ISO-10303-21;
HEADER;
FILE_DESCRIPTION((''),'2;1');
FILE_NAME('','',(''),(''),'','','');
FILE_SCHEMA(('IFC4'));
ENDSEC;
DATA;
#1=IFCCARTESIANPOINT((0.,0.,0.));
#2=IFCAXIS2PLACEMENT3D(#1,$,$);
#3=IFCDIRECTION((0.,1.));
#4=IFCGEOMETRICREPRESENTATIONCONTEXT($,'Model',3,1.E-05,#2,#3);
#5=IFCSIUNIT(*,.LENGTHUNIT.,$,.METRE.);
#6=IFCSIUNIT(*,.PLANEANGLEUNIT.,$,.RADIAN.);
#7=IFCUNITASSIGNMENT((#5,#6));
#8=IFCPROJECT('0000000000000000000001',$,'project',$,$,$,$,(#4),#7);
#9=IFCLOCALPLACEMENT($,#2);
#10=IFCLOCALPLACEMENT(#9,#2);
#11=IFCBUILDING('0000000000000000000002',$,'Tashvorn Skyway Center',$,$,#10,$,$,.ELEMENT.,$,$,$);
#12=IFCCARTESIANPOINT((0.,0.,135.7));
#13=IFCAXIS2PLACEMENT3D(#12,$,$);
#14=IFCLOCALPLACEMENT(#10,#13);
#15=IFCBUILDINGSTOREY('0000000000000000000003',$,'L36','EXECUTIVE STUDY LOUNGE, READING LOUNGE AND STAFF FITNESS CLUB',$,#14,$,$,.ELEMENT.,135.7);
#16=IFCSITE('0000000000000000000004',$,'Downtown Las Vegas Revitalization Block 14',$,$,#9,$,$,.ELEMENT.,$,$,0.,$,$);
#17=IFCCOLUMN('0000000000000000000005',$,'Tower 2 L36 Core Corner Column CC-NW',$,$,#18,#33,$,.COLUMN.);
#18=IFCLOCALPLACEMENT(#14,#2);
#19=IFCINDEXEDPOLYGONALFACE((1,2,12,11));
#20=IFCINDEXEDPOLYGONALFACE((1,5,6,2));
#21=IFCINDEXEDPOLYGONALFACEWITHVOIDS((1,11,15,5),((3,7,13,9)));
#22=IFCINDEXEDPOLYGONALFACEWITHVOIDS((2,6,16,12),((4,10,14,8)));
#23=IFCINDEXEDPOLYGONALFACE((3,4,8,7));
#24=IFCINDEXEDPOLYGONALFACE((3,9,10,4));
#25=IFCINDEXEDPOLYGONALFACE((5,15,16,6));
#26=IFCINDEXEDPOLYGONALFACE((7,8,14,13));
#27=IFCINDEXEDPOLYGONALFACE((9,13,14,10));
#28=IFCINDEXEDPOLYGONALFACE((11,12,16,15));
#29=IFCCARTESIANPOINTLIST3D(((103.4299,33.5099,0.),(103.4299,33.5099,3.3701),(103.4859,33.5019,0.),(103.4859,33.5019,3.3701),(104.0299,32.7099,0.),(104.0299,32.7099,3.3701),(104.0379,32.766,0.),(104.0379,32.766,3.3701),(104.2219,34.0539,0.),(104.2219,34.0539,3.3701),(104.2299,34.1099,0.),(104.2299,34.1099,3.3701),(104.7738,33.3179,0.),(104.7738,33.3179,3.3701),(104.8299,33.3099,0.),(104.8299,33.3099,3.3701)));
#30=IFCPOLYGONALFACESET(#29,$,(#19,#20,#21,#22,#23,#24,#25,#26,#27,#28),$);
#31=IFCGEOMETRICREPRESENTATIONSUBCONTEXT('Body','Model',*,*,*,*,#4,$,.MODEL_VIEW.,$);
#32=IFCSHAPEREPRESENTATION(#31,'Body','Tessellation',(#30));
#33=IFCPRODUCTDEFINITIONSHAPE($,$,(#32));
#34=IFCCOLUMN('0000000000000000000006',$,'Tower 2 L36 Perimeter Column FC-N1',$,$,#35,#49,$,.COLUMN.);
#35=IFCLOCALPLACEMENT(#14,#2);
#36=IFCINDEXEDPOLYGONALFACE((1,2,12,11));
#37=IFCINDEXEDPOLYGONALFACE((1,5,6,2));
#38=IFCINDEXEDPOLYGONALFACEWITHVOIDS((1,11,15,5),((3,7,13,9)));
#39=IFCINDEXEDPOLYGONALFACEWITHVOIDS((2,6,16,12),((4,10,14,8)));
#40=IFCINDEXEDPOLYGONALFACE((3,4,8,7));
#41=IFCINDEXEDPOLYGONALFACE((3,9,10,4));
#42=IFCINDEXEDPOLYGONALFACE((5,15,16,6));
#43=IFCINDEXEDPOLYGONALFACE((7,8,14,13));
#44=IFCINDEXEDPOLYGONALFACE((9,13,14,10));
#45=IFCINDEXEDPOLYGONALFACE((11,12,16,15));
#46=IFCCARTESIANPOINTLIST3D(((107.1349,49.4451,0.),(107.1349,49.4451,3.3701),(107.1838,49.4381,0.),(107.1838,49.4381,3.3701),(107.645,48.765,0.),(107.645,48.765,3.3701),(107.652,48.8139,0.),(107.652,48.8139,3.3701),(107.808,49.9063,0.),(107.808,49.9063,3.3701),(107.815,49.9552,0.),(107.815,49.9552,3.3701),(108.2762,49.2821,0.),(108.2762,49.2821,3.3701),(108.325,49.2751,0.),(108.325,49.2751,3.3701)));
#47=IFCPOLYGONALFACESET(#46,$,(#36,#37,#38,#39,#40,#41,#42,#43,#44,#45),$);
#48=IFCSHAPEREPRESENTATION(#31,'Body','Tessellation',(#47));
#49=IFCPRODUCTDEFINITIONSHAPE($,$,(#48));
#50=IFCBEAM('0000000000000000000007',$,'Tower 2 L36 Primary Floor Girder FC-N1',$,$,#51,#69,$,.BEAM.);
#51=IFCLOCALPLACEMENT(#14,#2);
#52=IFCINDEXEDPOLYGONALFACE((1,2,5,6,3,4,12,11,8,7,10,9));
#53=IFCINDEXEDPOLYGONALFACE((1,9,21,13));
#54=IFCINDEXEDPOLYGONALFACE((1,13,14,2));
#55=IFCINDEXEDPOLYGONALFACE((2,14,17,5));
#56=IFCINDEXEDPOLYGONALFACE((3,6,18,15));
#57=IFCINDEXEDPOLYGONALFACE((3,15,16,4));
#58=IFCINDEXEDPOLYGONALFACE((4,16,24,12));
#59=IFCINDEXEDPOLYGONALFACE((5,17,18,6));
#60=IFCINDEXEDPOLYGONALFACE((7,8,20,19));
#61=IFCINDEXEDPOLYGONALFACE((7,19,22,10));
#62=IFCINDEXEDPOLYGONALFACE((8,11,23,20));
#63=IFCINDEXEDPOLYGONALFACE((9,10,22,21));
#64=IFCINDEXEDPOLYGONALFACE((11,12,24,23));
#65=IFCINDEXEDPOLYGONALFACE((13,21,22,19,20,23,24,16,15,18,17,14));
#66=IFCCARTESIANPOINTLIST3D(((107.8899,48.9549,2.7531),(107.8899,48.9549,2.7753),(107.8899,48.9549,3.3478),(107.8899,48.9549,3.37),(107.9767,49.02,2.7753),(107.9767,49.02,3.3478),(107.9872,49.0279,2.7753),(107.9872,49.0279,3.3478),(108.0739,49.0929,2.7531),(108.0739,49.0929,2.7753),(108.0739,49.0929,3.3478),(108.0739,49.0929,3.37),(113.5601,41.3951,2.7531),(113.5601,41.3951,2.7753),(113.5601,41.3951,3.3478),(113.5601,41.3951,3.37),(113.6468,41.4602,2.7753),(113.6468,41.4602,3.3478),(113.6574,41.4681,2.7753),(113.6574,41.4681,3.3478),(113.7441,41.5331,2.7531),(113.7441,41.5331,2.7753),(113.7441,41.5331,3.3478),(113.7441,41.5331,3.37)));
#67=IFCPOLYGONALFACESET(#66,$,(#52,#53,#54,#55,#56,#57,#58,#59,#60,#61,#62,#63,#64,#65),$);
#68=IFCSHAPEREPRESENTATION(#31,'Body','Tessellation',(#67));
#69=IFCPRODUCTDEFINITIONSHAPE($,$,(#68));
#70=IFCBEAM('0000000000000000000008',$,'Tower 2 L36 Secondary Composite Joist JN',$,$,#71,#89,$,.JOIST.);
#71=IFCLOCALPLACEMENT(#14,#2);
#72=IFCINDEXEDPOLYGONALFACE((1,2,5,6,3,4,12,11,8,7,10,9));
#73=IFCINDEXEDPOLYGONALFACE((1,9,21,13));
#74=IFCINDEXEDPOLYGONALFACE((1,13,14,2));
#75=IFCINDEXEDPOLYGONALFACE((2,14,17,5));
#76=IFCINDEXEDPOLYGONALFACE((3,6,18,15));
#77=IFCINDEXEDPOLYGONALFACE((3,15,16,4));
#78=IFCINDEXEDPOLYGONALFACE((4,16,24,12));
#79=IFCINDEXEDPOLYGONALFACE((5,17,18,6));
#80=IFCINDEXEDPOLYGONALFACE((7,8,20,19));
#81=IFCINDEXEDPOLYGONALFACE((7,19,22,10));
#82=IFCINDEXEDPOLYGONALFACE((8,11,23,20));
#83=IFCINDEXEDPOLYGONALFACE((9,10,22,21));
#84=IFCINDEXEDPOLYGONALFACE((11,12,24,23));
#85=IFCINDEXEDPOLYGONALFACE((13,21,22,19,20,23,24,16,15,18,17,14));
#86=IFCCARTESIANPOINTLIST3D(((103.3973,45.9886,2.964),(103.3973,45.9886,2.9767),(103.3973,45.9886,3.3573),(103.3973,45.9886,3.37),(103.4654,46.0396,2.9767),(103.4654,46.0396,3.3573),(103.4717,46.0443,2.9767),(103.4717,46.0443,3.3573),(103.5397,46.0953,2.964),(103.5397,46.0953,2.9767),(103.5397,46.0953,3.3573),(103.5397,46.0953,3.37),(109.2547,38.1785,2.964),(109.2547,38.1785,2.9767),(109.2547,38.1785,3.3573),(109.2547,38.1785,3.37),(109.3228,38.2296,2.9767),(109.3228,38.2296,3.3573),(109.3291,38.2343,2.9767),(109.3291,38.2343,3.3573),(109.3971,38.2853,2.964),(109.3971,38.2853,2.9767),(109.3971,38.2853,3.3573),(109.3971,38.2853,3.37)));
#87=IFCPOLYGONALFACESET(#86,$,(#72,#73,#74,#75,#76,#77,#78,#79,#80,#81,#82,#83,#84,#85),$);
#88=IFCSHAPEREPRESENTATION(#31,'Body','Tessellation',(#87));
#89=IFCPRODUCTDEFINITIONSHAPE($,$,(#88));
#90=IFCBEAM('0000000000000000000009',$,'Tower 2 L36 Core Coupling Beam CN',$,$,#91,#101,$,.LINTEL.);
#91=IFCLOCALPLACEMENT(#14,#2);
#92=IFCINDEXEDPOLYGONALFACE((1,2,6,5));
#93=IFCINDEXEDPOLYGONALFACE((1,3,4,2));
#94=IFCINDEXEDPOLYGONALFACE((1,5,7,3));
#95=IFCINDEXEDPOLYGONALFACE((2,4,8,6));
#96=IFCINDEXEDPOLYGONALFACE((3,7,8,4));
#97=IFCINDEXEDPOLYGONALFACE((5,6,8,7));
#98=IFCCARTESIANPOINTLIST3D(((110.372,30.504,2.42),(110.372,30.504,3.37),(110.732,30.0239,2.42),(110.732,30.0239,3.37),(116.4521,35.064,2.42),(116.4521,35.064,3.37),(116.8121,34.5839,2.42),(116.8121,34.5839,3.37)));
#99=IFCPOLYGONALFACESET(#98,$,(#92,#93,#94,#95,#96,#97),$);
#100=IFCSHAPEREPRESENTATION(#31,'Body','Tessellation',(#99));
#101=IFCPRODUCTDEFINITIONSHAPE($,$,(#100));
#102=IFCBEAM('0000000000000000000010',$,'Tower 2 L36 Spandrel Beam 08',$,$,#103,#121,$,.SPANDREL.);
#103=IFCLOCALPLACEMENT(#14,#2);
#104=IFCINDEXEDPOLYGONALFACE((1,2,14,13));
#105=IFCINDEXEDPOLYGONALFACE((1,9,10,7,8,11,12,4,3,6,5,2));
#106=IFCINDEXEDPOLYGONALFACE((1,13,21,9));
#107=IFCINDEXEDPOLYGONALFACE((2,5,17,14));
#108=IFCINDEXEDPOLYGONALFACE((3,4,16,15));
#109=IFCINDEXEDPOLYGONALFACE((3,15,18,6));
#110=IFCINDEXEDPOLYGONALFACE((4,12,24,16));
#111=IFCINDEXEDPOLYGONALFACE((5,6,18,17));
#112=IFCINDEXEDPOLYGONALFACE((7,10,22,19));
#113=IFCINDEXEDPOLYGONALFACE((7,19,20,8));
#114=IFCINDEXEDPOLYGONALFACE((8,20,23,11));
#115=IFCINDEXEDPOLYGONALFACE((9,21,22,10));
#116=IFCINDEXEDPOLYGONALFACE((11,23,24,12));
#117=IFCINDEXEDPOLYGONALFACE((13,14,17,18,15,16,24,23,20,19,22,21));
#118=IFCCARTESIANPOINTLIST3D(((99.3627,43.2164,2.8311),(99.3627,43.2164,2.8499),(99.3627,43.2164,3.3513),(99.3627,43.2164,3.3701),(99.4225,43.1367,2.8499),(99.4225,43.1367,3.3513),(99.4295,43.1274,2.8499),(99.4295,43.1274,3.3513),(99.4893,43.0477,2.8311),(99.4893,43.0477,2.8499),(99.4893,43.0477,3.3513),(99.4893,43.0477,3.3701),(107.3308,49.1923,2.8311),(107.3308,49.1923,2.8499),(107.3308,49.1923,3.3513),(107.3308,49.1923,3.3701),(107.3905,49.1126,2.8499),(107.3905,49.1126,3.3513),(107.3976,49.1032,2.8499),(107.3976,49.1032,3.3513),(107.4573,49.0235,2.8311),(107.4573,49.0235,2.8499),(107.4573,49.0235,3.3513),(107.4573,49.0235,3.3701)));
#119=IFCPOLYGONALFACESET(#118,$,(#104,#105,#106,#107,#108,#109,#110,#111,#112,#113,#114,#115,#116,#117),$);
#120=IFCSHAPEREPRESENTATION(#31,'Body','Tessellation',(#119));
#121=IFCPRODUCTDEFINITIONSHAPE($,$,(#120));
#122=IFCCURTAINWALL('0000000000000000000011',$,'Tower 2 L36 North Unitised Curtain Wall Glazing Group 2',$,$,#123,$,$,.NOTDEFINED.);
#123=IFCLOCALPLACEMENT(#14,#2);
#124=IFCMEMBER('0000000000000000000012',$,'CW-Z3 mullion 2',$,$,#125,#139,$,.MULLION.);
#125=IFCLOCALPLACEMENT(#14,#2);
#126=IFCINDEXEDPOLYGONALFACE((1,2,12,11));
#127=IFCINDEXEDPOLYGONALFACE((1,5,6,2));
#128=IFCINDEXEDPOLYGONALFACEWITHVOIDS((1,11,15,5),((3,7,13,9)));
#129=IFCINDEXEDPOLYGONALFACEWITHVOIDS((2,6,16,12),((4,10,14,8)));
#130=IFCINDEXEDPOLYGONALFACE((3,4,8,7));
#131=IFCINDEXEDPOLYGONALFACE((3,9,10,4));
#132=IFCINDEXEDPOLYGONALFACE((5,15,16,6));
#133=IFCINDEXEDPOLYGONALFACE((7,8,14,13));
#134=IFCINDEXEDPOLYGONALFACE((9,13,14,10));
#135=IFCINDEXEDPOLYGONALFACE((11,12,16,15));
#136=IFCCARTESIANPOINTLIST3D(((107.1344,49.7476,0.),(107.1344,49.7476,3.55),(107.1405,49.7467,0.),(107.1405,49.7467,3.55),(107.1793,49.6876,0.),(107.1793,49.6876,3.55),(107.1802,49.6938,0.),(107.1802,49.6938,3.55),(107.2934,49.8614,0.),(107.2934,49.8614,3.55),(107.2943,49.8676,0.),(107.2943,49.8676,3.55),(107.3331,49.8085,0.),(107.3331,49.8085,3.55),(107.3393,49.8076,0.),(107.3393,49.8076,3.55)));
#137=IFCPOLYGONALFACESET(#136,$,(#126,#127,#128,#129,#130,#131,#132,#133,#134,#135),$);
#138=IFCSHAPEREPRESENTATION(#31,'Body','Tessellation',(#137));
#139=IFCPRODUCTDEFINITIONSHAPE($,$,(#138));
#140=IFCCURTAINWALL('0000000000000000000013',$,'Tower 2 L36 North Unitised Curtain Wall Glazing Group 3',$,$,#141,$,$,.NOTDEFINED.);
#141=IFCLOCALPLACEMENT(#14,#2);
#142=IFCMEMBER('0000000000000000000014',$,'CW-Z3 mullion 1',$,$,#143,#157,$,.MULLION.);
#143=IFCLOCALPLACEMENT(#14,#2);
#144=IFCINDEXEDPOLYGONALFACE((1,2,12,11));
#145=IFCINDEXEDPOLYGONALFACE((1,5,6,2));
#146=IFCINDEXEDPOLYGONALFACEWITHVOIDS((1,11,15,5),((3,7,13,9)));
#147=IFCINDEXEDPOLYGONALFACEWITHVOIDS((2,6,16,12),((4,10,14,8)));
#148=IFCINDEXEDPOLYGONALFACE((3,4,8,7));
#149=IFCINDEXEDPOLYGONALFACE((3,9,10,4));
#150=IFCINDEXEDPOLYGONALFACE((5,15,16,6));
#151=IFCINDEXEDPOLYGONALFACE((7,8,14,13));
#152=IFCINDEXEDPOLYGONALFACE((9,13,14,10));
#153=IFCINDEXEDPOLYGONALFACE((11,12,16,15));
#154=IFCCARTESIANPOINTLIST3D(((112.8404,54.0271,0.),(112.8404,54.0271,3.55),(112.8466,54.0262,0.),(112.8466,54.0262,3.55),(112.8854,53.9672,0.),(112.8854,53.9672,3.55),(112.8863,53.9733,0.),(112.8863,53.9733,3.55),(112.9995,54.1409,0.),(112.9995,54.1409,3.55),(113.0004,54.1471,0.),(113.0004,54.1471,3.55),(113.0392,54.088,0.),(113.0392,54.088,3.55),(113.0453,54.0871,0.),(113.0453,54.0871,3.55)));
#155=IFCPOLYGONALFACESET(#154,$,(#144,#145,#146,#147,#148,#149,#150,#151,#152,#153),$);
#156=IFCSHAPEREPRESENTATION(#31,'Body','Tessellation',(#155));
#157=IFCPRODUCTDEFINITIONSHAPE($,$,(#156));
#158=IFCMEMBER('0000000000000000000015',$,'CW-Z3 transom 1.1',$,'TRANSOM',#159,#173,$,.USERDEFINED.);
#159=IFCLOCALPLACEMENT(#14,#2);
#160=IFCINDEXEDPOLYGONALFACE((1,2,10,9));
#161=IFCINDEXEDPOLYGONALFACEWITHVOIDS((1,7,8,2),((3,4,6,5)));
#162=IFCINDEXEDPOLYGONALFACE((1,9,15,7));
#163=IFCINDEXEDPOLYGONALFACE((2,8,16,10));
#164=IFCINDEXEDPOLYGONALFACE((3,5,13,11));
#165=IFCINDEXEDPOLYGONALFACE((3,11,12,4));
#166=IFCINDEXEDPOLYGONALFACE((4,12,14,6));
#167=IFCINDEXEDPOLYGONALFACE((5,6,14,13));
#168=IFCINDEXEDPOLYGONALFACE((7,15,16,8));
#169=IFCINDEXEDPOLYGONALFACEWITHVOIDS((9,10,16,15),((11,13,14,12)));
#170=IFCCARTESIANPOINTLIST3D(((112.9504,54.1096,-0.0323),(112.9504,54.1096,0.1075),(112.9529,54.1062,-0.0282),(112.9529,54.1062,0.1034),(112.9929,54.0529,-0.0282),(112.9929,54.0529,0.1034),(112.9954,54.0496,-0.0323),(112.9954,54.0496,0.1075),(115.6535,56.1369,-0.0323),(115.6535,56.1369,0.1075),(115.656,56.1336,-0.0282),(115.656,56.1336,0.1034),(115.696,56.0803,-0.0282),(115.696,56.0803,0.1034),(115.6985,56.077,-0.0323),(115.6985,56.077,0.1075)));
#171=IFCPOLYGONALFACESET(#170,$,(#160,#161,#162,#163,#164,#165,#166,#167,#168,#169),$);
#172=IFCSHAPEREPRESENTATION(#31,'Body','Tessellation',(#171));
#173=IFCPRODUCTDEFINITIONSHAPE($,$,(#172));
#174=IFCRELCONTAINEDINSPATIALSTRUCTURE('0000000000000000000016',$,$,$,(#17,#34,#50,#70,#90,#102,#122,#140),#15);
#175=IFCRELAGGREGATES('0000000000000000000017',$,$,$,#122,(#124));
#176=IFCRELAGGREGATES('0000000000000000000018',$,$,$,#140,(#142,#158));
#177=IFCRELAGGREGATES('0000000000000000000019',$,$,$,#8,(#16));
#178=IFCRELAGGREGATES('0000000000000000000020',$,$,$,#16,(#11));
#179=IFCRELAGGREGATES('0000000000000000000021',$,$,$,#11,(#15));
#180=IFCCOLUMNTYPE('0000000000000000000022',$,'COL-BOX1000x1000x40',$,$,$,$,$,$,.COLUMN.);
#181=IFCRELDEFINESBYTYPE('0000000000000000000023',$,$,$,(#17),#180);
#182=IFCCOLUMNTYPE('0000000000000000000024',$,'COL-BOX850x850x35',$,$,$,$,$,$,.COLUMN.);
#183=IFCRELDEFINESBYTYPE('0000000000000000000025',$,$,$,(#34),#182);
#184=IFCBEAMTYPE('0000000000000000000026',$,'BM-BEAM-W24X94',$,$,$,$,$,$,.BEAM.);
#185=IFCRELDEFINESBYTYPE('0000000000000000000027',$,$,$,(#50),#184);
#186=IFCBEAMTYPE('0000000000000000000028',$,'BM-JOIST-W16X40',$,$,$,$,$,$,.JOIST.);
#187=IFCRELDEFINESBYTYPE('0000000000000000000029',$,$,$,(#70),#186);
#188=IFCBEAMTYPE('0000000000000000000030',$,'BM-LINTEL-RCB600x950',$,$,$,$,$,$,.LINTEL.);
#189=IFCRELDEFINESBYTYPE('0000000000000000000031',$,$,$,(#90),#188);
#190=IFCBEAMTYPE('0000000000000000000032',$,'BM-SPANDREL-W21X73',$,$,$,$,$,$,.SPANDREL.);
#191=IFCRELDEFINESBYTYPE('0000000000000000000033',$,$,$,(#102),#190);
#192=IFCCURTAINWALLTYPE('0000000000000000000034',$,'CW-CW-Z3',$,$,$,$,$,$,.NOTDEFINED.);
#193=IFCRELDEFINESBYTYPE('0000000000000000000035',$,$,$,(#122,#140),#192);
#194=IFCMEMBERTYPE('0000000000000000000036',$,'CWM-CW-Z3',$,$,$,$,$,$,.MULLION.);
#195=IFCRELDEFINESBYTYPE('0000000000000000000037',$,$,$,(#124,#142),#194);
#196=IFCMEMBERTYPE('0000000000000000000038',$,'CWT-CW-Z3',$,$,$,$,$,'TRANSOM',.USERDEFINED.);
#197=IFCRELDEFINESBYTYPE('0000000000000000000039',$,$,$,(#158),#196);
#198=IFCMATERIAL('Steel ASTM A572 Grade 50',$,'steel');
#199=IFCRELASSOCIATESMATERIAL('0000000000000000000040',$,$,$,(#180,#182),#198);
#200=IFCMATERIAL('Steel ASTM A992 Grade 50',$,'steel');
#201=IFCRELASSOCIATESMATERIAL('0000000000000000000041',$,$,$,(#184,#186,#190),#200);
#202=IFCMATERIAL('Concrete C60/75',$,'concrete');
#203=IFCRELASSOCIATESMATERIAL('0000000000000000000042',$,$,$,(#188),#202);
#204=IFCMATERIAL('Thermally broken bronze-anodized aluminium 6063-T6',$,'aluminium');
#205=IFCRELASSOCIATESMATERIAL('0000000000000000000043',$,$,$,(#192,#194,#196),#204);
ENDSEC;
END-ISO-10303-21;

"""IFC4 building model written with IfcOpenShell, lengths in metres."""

from ifc_helpers import new_model, si_unit, direction, frame, origin, origin_2d, place, context, subcontext, project, spatial, rectangle, hollow_rectangle, i_section, extrude, material, material_profile, profile_set, type_object, element, aggregate, save


model = new_model("IFC4")

# Units and contexts
model_context = context("Model", 3, precision=1e-05, world=origin(), true_north=direction((0.0, 1.0)))
body_context = subcontext(model_context, "Body", "Model", "MODEL_VIEW")
ifc_project = project(units=[si_unit("LENGTHUNIT", "METRE"), si_unit("PLANEANGLEUNIT", "RADIAN")], contexts=[model_context])

# Site, building, storey
site_placement = place(None, origin())
site = spatial("IfcSite", under=ifc_project, at=site_placement, Name="Downtown Las Vegas Revitalization Block 14", CompositionType="ELEMENT", RefElevation=0.0)
building_placement = place(site_placement, origin())
building = spatial("IfcBuilding", under=site, at=building_placement, Name="Tashvorn Skyway Center", CompositionType="ELEMENT")
storey_placement = place(building_placement, frame((0.0, 0.0, 135.7)))
storey = spatial("IfcBuildingStorey", under=building, at=storey_placement, Name="L36", Description="EXECUTIVE STUDY LOUNGE, READING LOUNGE AND STAFF FITNESS CLUB", CompositionType="ELEMENT", Elevation=135.7)

# Columns
ifc_material_1 = material(Name="Steel ASTM A572 Grade 50", Category="steel")
ifc_material_profile_1 = material_profile(ifc_material_1, hollow_rectangle(XDim=1.0, YDim=1.0, WallThickness=0.04, at=origin_2d()), Name="BOX1000x1000x40")
ifc_profile_set_1 = profile_set([ifc_material_profile_1], Name="Steel ASTM A572 Grade 50")
column_type_1 = type_object("IfcColumnType", Name="COL-BOX1000x1000x40", PredefinedType="COLUMN", material=ifc_profile_set_1)
column_1_placement = place(storey_placement, frame((104.1299, 33.4099, 0.0), z_axis=(0.0, 0.0, 1.0), x_axis=(0.8, 0.6, 0.0)))
element("IfcColumn", 1, at=column_1_placement, inside=storey, type_object=column_type_1, Name="Tower 2 L36 Core Corner Column CC-NW", PredefinedType="COLUMN", context=body_context, shape_type="SweptSolid", body=[
    extrude(hollow_rectangle(XDim=1.0, YDim=1.0, WallThickness=0.04, at=origin_2d()), origin(), (0.0, 0.0, 1.0), 3.3701),
])
ifc_material_profile_2 = material_profile(ifc_material_1, hollow_rectangle(XDim=0.8501, YDim=0.8501, WallThickness=0.0349, at=origin_2d()), Name="BOX850x850x35")
ifc_profile_set_2 = profile_set([ifc_material_profile_2], Name="Steel ASTM A572 Grade 50")
column_type_2 = type_object("IfcColumnType", Name="COL-BOX850x850x35", PredefinedType="COLUMN", material=ifc_profile_set_2)
column_2_placement = place(storey_placement, frame((107.73, 49.3601, 0.0), z_axis=(0.0, 0.0, 1.0), x_axis=(0.8, 0.6, 0.0)))
element("IfcColumn", 2, at=column_2_placement, inside=storey, type_object=column_type_2, Name="Tower 2 L36 Perimeter Column FC-N1", PredefinedType="COLUMN", context=body_context, shape_type="SweptSolid", body=[
    extrude(hollow_rectangle(XDim=0.8501, YDim=0.8501, WallThickness=0.0349, at=origin_2d()), origin(), (0.0, 0.0, 1.0), 3.3701),
])

# Beams
ifc_material_2 = material(Name="Steel ASTM A992 Grade 50", Category="steel")
ifc_material_profile_3 = material_profile(ifc_material_2, i_section(OverallWidth=0.23, OverallDepth=0.6169, WebThickness=0.0132, FlangeThickness=0.0222, at=origin_2d()), Name="W24X94")
ifc_profile_set_3 = profile_set([ifc_material_profile_3], Name="Steel ASTM A992 Grade 50")
beam_type_1 = type_object("IfcBeamType", Name="BM-BEAM-W24X94", PredefinedType="BEAM", material=ifc_profile_set_3)
beam_1_placement = place(storey_placement, frame((107.9819, 49.0239, 3.0615), z_axis=(0.600021, -0.799984, 0.0), x_axis=(0.799984, 0.600021, 0.0)))
element("IfcBeam", 3, at=beam_1_placement, inside=storey, type_object=beam_type_1, Name="Tower 2 L36 Primary Floor Girder FC-N1", PredefinedType="BEAM", context=body_context, shape_type="SweptSolid", body=[
    extrude(i_section(OverallWidth=0.23, OverallDepth=0.6169, WebThickness=0.0132, FlangeThickness=0.0222, at=origin_2d()), origin(), (0.0, 0.0, 1.0), 9.45),
])
ifc_material_profile_4 = material_profile(ifc_material_2, i_section(OverallWidth=0.178, OverallDepth=0.406, WebThickness=0.0078, FlangeThickness=0.0127, at=origin_2d()), Name="W16X40")
ifc_profile_set_4 = profile_set([ifc_material_profile_4], Name="Steel ASTM A992 Grade 50")
beam_type_2 = type_object("IfcBeamType", Name="BM-JOIST-W16X40", PredefinedType="JOIST", material=ifc_profile_set_4)
beam_2_placement = place(storey_placement, frame((109.3259, 38.2319, 3.167), z_axis=(-0.599992, 0.800006, 0.0), x_axis=(-0.800006, -0.599992, 0.0)))
element("IfcBeam", 4, at=beam_2_placement, inside=storey, type_object=beam_type_2, Name="Tower 2 L36 Secondary Composite Joist JN", PredefinedType="JOIST", context=body_context, shape_type="SweptSolid", body=[
    extrude(i_section(OverallWidth=0.178, OverallDepth=0.406, WebThickness=0.0078, FlangeThickness=0.0127, at=origin_2d()), origin(), (0.0, 0.0, 1.0), 9.7625),
])
ifc_material_3 = material(Name="Concrete C60/75", Category="concrete")
ifc_material_profile_5 = material_profile(ifc_material_3, rectangle(XDim=0.6001, YDim=0.95, at=origin_2d()), Name="RCB600x950")
ifc_profile_set_5 = profile_set([ifc_material_profile_5], Name="Concrete C60/75")
beam_type_3 = type_object("IfcBeamType", Name="BM-LINTEL-RCB600x950", PredefinedType="LINTEL", material=ifc_profile_set_5)
beam_3_placement = place(storey_placement, frame((110.552, 30.2639, 2.895), z_axis=(0.8, 0.6, 0.0), x_axis=(-0.6, 0.8, 0.0)))
element("IfcBeam", 5, at=beam_3_placement, inside=storey, type_object=beam_type_3, Name="Tower 2 L36 Core Coupling Beam CN", PredefinedType="LINTEL", context=body_context, shape_type="SweptSolid", body=[
    extrude(rectangle(XDim=0.6001, YDim=0.95, at=origin_2d()), origin(), (0.0, 0.0, 1.0), 7.6001),
])
ifc_material_profile_6 = material_profile(ifc_material_2, i_section(OverallWidth=0.2109, OverallDepth=0.5391, WebThickness=0.0117, FlangeThickness=0.0188, at=origin_2d()), Name="W21X73")
ifc_profile_set_6 = profile_set([ifc_material_profile_6], Name="Steel ASTM A992 Grade 50")
beam_type_4 = type_object("IfcBeamType", Name="BM-SPANDREL-W21X73", PredefinedType="SPANDREL", material=ifc_profile_set_6)
beam_4_placement = place(storey_placement, frame((107.394, 49.1079, 3.1006), z_axis=(-0.800009, -0.599988, 0.0), x_axis=(0.599988, -0.800009, 0.0)))
element("IfcBeam", 6, at=beam_4_placement, inside=storey, type_object=beam_type_4, Name="Tower 2 L36 Spandrel Beam 08", PredefinedType="SPANDREL", context=body_context, shape_type="SweptSolid", body=[
    extrude(i_section(OverallWidth=0.2109, OverallDepth=0.5391, WebThickness=0.0117, FlangeThickness=0.0188, at=origin_2d()), origin(), (0.0, 0.0, 1.0), 9.96),
])

# Curtain wall, member
ifc_material_4 = material(Name="Thermally broken bronze-anodized aluminium 6063-T6", Category="aluminium")
curtain_wall_type = type_object("IfcCurtainWallType", Name="CW-CW-Z3", PredefinedType="NOTDEFINED", material=ifc_material_4)
curtain_wall_1_placement = place(storey_placement, origin())
curtain_wall_1 = element("IfcCurtainWall", 7, at=curtain_wall_1_placement, inside=storey, type_object=curtain_wall_type, Name="Tower 2 L36 North Unitised Curtain Wall Glazing Group 2", PredefinedType="NOTDEFINED")
ifc_material_profile_7 = material_profile(ifc_material_4, hollow_rectangle(XDim=0.075, YDim=0.2, WallThickness=0.0044, at=origin_2d()), Name="ALU-MULL-75x200")
ifc_profile_set_7 = profile_set([ifc_material_profile_7], Name="Thermally broken bronze-anodized aluminium 6063-T6")
member_type_1 = type_object("IfcMemberType", Name="CWM-CW-Z3", PredefinedType="MULLION", material=ifc_profile_set_7)
member_1_placement = place(storey_placement, frame((107.2368, 49.7776, 0.0), z_axis=(0.0, 0.0, 1.0), x_axis=(-0.599997, 0.800002, 0.0)))
member_1 = element("IfcMember", 8, at=member_1_placement, type_object=member_type_1, Name="CW-Z3 mullion 2", PredefinedType="MULLION", context=body_context, shape_type="SweptSolid", body=[
    extrude(hollow_rectangle(XDim=0.075, YDim=0.2, WallThickness=0.0044, at=origin_2d()), origin(), (0.0, 0.0, 1.0), 3.55),
])
aggregate(curtain_wall_1, [member_1])

# Curtain wall, members
curtain_wall_2_placement = place(storey_placement, origin())
curtain_wall_2 = element("IfcCurtainWall", 9, at=curtain_wall_2_placement, inside=storey, type_object=curtain_wall_type, Name="Tower 2 L36 North Unitised Curtain Wall Glazing Group 3", PredefinedType="NOTDEFINED")
member_2_placement = place(storey_placement, frame((112.9429, 54.0571, 0.0), z_axis=(0.0, 0.0, 1.0), x_axis=(-0.599995, 0.800003, 0.0)))
member_2 = element("IfcMember", 10, at=member_2_placement, type_object=member_type_1, Name="CW-Z3 mullion 1", PredefinedType="MULLION", context=body_context, shape_type="SweptSolid", body=[
    extrude(hollow_rectangle(XDim=0.075, YDim=0.2, WallThickness=0.0044, at=origin_2d()), origin(), (0.0, 0.0, 1.0), 3.55),
])
ifc_material_profile_8 = material_profile(ifc_material_4, hollow_rectangle(XDim=0.075, YDim=0.1399, WallThickness=0.0042, at=origin_2d()), Name="ALU-TRAN-75x140")
ifc_profile_set_8 = profile_set([ifc_material_profile_8], Name="Thermally broken bronze-anodized aluminium 6063-T6")
member_type_2 = type_object("IfcMemberType", Name="CWT-CW-Z3", ElementType="TRANSOM", PredefinedType="USERDEFINED", material=ifc_profile_set_8)
member_3_placement = place(storey_placement, frame((112.9729, 54.0796, 0.0376), z_axis=(0.8, 0.6, 0.0), x_axis=(-0.6, 0.8, 0.0)))
member_3 = element("IfcMember", 11, at=member_3_placement, type_object=member_type_2, Name="CW-Z3 transom 1.1", ObjectType="TRANSOM", PredefinedType="USERDEFINED", context=body_context, shape_type="SweptSolid", body=[
    extrude(hollow_rectangle(XDim=0.075, YDim=0.1399, WallThickness=0.0042, at=origin_2d()), origin(), (0.0, 0.0, 1.0), 3.3789),
])
aggregate(curtain_wall_2, [member_2, member_3])

save(model, "model.ifc")
